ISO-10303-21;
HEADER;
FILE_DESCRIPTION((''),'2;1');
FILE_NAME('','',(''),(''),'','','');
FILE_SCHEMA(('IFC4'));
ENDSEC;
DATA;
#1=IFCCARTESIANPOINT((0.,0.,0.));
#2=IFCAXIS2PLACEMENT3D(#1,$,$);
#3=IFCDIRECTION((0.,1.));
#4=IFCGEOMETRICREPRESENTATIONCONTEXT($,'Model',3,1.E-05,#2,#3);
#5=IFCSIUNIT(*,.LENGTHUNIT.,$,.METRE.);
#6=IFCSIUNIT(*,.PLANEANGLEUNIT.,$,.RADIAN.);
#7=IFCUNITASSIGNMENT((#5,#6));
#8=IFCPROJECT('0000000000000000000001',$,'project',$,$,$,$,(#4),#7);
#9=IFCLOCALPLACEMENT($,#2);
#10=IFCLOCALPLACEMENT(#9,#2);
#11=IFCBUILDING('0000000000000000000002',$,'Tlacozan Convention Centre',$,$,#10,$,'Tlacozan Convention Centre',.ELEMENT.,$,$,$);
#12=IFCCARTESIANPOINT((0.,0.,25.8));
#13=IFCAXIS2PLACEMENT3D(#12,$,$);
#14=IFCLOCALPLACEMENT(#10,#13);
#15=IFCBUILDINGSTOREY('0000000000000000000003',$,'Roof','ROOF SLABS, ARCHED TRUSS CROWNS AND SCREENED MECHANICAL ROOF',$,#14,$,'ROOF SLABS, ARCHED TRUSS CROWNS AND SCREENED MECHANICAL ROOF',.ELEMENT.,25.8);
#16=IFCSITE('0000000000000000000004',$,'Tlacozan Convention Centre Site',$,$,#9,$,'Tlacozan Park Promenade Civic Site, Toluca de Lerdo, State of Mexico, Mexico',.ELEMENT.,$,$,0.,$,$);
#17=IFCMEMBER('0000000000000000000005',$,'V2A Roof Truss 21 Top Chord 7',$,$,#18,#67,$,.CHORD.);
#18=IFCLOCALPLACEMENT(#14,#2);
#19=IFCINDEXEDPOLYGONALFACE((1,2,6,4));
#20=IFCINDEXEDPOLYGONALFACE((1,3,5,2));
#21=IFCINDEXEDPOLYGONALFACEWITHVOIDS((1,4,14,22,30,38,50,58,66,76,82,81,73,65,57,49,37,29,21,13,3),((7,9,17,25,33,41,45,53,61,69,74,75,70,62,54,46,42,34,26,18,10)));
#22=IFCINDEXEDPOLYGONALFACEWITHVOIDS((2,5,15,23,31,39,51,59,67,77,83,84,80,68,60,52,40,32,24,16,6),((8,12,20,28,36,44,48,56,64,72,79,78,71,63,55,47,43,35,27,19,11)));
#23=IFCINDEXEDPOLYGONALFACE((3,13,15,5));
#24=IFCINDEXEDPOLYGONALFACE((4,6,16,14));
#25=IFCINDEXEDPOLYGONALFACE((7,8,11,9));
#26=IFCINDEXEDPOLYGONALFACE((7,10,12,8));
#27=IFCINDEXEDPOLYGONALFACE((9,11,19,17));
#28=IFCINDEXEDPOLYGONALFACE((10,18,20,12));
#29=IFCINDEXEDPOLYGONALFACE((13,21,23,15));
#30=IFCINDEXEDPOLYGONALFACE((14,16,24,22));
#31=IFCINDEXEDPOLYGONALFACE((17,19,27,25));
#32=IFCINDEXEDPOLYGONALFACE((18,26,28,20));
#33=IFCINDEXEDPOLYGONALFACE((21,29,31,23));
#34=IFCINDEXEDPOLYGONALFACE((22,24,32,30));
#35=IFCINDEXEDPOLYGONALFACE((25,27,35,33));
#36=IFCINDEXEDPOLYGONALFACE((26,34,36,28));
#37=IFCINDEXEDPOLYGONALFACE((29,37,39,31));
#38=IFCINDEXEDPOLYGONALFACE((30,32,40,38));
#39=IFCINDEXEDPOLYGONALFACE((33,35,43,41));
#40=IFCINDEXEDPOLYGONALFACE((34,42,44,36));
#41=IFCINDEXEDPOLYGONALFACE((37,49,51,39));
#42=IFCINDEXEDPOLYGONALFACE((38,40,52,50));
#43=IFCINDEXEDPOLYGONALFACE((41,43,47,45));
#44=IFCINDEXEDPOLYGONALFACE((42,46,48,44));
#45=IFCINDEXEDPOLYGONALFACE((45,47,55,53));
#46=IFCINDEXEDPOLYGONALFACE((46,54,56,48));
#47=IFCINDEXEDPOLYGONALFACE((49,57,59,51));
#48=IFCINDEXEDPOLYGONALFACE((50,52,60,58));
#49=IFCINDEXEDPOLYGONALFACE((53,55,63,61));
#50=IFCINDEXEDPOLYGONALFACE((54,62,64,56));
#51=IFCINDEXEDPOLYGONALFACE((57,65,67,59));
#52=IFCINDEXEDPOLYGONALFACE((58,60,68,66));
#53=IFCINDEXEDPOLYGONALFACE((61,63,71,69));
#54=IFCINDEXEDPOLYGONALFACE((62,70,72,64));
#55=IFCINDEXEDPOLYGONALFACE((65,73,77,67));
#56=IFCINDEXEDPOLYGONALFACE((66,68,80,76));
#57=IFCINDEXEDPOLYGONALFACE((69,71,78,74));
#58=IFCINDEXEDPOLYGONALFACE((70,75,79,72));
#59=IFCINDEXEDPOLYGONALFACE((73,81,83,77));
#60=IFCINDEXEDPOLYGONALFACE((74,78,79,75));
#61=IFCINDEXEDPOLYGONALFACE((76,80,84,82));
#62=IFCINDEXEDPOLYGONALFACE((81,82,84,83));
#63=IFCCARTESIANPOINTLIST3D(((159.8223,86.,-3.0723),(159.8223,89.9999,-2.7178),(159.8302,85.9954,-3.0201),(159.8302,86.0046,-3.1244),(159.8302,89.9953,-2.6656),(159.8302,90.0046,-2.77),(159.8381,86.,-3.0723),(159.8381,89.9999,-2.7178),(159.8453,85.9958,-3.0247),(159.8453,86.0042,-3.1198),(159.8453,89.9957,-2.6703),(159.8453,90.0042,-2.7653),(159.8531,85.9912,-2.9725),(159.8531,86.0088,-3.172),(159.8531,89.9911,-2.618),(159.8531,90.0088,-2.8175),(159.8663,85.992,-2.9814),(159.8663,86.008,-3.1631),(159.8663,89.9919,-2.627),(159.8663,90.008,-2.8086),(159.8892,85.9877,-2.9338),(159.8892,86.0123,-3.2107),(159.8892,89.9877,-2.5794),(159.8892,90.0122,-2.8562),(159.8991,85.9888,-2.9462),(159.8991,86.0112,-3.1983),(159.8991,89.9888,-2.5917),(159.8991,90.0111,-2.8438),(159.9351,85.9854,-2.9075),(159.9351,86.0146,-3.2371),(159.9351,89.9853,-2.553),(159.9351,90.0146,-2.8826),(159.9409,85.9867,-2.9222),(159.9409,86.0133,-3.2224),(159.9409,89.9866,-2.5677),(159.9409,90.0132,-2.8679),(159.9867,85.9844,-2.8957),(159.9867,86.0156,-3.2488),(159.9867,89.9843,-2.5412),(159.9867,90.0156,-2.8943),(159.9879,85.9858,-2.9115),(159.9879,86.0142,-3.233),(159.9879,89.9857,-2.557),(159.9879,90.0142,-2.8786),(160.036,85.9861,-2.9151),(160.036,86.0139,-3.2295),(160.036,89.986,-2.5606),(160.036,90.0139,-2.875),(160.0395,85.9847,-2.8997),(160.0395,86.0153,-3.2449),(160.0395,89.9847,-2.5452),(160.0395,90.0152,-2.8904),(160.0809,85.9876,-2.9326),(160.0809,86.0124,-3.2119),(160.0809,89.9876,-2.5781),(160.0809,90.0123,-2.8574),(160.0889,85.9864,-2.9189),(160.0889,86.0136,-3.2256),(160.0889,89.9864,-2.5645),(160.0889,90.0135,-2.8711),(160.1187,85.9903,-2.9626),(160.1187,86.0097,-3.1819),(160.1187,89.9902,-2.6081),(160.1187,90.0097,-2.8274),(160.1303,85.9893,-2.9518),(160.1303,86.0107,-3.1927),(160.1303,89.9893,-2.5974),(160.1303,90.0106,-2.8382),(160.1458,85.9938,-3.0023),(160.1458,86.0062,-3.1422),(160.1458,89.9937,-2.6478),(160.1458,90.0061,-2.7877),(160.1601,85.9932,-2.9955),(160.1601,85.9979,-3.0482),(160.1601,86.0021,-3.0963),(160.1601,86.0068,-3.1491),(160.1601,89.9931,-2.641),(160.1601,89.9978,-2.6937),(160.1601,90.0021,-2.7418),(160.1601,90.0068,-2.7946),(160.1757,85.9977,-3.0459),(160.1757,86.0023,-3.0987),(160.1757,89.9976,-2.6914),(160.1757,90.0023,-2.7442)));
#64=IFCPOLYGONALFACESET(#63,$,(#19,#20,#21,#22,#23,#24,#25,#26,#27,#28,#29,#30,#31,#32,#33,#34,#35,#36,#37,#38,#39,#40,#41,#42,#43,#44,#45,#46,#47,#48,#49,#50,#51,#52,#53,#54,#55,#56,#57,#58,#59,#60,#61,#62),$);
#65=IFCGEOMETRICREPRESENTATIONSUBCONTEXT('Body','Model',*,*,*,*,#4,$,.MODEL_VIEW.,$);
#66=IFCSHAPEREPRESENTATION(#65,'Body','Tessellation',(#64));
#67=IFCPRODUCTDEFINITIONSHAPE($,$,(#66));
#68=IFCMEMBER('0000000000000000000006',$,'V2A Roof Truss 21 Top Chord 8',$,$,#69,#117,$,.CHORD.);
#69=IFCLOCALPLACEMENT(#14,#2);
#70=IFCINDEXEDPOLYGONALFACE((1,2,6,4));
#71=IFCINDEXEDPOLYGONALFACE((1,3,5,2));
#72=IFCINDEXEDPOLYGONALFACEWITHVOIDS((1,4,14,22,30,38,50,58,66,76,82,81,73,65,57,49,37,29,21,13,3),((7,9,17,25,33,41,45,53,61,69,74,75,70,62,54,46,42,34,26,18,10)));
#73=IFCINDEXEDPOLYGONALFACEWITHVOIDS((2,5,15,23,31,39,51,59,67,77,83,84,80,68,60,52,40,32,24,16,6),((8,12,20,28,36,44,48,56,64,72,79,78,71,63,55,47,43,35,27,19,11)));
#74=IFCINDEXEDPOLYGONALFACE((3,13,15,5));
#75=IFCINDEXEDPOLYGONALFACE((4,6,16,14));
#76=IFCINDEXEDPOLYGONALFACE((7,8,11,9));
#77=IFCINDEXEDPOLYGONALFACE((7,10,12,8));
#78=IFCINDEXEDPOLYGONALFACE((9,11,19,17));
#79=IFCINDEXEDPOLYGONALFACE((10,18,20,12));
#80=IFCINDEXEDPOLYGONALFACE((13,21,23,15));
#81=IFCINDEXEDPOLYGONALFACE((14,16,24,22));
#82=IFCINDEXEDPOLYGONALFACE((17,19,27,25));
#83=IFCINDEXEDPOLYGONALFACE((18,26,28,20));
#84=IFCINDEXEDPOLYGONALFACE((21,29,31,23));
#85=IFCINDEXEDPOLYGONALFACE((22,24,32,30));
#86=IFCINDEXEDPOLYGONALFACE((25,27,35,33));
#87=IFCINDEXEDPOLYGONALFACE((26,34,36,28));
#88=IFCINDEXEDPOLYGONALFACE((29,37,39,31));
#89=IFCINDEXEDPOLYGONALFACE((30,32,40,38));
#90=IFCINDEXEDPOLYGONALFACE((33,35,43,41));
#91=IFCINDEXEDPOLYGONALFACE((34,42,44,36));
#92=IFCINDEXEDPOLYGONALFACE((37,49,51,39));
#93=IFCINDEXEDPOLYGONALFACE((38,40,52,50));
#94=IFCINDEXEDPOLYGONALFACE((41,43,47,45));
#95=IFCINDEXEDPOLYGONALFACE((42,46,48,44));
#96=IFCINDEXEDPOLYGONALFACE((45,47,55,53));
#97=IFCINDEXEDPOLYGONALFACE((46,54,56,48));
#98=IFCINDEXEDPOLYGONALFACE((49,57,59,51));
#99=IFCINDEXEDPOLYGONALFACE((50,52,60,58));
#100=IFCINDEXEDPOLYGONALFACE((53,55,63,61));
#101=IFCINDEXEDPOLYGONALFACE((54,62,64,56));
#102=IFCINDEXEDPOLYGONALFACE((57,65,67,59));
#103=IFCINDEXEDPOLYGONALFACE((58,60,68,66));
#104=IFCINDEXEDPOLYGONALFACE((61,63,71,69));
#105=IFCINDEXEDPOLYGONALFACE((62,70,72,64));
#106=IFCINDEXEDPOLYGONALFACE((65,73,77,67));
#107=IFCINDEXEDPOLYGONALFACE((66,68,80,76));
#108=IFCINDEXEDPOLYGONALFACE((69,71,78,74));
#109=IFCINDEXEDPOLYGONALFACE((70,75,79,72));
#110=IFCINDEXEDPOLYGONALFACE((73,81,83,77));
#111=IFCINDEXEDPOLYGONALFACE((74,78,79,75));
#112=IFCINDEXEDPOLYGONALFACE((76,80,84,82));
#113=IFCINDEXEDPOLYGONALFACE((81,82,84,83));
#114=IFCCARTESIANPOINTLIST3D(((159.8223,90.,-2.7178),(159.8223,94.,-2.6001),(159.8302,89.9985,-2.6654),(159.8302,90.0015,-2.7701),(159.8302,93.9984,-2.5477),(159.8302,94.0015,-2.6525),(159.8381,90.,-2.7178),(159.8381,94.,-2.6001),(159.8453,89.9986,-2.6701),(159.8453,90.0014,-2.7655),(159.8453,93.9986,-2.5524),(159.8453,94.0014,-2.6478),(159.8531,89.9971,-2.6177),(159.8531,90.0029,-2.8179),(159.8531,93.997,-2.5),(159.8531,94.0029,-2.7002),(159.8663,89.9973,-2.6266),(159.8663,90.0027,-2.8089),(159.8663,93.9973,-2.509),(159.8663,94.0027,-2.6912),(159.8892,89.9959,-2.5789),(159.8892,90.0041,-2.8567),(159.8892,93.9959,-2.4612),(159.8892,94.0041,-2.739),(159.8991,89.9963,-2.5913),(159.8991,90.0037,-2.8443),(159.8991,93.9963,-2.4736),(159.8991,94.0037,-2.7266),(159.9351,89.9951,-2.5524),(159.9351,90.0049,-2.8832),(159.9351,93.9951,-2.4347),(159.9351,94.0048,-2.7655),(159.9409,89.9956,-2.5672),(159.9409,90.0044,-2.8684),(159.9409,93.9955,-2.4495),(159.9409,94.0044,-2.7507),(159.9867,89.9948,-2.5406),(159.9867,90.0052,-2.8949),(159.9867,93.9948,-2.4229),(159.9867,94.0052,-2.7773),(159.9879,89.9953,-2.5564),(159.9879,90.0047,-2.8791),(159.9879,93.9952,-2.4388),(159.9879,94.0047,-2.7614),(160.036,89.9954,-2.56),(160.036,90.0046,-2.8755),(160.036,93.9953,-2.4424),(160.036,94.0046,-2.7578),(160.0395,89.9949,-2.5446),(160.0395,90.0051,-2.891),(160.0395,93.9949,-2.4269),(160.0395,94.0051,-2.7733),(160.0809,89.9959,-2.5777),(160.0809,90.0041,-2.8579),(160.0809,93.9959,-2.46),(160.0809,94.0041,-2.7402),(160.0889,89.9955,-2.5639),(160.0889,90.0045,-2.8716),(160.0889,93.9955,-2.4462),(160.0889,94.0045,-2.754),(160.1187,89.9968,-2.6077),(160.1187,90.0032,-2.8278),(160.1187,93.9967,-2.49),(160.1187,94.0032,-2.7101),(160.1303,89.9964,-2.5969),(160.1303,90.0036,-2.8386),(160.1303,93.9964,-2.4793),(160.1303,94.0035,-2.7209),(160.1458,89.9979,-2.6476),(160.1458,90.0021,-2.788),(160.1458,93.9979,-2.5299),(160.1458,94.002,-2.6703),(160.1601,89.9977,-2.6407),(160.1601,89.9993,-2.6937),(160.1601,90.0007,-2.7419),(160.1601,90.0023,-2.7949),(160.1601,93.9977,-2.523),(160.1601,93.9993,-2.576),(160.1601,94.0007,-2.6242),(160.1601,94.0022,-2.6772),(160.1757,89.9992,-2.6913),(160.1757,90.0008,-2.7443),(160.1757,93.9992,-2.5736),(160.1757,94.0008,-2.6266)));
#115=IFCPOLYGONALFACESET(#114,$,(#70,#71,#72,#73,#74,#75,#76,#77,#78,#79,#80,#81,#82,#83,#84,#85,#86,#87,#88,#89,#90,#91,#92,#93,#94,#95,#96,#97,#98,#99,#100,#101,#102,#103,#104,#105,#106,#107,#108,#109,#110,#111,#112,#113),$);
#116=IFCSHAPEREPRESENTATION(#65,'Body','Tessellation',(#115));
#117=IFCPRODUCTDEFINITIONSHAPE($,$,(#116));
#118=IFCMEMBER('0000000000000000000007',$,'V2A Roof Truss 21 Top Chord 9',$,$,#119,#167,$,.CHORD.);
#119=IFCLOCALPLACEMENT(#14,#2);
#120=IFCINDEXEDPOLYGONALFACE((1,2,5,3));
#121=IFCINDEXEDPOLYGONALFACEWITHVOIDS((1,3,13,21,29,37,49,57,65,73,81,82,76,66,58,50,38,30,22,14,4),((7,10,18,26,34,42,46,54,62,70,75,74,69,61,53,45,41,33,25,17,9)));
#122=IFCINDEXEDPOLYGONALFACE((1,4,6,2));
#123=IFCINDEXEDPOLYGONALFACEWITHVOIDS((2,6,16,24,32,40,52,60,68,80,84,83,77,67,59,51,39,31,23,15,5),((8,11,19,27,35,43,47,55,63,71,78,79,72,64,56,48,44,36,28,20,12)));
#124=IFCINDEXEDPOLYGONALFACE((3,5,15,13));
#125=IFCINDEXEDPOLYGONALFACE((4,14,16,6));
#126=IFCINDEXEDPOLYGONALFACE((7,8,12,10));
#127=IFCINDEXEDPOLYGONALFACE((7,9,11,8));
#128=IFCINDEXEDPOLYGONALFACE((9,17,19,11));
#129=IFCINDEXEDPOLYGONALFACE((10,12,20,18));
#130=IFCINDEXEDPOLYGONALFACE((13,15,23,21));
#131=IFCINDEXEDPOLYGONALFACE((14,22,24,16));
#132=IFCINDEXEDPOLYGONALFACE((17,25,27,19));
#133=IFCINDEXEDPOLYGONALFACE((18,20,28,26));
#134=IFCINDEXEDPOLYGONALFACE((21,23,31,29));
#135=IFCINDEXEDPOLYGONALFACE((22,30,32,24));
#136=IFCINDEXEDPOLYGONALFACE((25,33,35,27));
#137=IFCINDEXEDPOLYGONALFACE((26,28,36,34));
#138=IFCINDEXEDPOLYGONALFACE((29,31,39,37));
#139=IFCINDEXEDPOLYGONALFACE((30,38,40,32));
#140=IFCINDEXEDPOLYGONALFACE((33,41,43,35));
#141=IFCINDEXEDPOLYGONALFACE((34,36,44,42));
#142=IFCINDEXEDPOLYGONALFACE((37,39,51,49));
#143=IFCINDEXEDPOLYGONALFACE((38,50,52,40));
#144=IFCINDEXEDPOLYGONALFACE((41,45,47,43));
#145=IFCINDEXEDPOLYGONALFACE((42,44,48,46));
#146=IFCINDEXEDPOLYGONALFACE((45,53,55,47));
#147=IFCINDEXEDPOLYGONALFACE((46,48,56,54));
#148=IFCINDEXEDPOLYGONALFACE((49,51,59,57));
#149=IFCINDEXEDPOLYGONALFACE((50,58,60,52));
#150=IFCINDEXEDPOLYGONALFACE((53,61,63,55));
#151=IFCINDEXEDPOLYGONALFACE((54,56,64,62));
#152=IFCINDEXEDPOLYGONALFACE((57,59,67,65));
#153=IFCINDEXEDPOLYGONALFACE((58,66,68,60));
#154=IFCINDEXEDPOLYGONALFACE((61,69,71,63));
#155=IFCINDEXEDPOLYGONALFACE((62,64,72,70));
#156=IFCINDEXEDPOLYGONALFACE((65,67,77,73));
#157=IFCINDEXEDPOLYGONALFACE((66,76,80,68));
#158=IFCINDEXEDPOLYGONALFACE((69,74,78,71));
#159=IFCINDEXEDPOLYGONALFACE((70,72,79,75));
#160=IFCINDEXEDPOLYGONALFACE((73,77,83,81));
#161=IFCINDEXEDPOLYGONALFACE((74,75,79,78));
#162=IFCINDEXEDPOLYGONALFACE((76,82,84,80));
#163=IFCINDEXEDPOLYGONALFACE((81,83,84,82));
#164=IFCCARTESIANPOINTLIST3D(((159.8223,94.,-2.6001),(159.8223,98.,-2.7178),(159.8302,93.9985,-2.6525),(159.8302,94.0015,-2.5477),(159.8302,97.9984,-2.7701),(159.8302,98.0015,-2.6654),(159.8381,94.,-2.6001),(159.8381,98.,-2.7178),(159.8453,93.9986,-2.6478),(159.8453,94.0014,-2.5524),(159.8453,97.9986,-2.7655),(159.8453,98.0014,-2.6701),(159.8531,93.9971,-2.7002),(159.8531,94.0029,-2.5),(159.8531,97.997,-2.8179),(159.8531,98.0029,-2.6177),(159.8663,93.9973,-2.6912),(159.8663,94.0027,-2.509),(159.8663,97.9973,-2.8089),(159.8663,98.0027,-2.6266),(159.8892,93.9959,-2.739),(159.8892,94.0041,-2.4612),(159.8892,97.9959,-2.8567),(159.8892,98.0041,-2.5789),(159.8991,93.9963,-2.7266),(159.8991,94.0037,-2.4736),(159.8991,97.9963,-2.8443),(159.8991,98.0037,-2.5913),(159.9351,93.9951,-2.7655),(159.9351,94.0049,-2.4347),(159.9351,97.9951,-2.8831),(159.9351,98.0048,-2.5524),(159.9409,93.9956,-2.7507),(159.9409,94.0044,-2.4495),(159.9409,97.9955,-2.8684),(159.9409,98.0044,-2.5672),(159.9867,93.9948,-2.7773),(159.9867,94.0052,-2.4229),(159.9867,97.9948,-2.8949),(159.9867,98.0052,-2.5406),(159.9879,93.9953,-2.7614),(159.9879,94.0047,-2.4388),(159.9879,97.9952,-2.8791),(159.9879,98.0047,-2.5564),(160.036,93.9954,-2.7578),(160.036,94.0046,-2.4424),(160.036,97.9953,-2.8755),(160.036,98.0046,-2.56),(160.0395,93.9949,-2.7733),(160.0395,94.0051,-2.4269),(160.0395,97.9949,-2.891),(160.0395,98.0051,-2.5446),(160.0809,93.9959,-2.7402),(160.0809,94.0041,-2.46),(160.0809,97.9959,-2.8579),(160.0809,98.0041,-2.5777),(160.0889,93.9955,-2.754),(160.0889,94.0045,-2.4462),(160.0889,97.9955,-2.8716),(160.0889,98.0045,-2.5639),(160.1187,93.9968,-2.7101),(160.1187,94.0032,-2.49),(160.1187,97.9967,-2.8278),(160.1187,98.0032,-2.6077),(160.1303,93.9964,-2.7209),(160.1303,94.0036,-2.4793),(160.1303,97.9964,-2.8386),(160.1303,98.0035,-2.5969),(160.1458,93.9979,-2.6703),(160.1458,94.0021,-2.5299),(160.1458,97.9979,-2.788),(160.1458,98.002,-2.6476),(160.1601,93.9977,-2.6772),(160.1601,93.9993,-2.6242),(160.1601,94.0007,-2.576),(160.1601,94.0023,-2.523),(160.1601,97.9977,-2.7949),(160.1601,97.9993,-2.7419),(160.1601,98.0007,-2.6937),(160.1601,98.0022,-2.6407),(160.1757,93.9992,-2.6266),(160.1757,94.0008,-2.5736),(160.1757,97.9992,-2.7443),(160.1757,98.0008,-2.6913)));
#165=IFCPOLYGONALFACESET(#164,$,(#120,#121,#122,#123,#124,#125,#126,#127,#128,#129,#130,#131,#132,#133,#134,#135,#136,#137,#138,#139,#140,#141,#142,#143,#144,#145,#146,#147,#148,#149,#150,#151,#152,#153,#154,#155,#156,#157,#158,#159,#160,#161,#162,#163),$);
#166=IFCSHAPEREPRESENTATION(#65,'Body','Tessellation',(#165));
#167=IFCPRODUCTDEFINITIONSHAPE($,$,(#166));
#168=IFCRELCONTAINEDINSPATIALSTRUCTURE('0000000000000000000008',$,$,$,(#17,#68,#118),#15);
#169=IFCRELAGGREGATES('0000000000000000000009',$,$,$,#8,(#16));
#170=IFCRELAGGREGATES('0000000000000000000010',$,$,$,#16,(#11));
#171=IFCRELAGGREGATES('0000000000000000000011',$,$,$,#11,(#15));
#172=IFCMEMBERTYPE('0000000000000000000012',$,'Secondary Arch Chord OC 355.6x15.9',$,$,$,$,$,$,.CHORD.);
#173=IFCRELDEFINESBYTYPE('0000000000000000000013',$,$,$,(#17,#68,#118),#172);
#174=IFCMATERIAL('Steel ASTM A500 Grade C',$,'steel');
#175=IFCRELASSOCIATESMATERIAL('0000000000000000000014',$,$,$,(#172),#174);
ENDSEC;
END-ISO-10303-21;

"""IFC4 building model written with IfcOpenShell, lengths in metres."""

from ifc_helpers import new_model, si_unit, direction, frame, origin, origin_2d, place, context, subcontext, project, spatial, hollow_circle, extrude, material, material_profile, profile_set, type_object, element, save


model = new_model("IFC4")

# Units and contexts
model_context = context("Model", 3, precision=1e-05, world=origin(), true_north=direction((0.0, 1.0)))
body_context = subcontext(model_context, "Body", "Model", "MODEL_VIEW")
ifc_project = project(units=[si_unit("LENGTHUNIT", "METRE"), si_unit("PLANEANGLEUNIT", "RADIAN")], contexts=[model_context])

# Site, building, storey
site_placement = place(None, origin())
site = spatial("IfcSite", under=ifc_project, at=site_placement, Name="Tlacozan Convention Centre Site", LongName="Tlacozan Park Promenade Civic Site, Toluca de Lerdo, State of Mexico, Mexico", CompositionType="ELEMENT", RefElevation=0.0)
building_placement = place(site_placement, origin())
building = spatial("IfcBuilding", under=site, at=building_placement, Name="Tlacozan Convention Centre", LongName="Tlacozan Convention Centre", CompositionType="ELEMENT")
storey_placement = place(building_placement, frame((0.0, 0.0, 25.8)))
storey = spatial("IfcBuildingStorey", under=building, at=storey_placement, Name="Roof", Description="ROOF SLABS, ARCHED TRUSS CROWNS AND SCREENED MECHANICAL ROOF", LongName="ROOF SLABS, ARCHED TRUSS CROWNS AND SCREENED MECHANICAL ROOF", CompositionType="ELEMENT", Elevation=25.8)

# Members
ifc_material_1 = material(Name="Steel ASTM A500 Grade C", Category="steel")
ifc_material_profile_1 = material_profile(ifc_material_1, hollow_circle(Radius=0.1777, WallThickness=0.0159, at=origin_2d()), Name="OC 355.6x15.9")
ifc_profile_set_1 = profile_set([ifc_material_profile_1], Name="Steel ASTM A500 Grade C")
member_type_1 = type_object("IfcMemberType", Name="Secondary Arch Chord OC 355.6x15.9", PredefinedType="CHORD", material=ifc_profile_set_1)
member_placement = place(storey_placement, frame((160.0, 86.0, -3.0723), z_axis=(0.0, 0.996096, 0.088277), x_axis=(-1.0, 0.0, 0.0)))
element("IfcMember", 1, at=member_placement, inside=storey, type_object=member_type_1, Name="V2A Roof Truss 21 Top Chord 7", PredefinedType="CHORD", context=body_context, shape_type="SweptSolid", body=[
    extrude(hollow_circle(Radius=0.1777, WallThickness=0.0159, at=origin_2d()), origin(), (0.0, 0.0, 1.0), 4.0156),
])
for number, where, z_axis, x_axis, name in (
    (2, (160.0, 90.0, -2.7178), (0.0, 0.999568, 0.029406), (-1.0, 0.0, 0.0), "V2A Roof Truss 21 Top Chord 8"),
    (3, (160.0, 94.0, -2.6001), (0.0, 0.999568, -0.029406), (-1.0, 0.0, 0.0), "V2A Roof Truss 21 Top Chord 9"),
):
    element("IfcMember", number, at=place(storey_placement, frame(where, z_axis=z_axis, x_axis=x_axis)), inside=storey, type_object=member_type_1, Name=name, PredefinedType="CHORD", context=body_context, shape_type="SweptSolid", body=[
        extrude(hollow_circle(Radius=0.1777, WallThickness=0.0159, at=origin_2d()), origin(), (0.0, 0.0, 1.0), 4.0017),
    ])

save(model, "model.ifc")
